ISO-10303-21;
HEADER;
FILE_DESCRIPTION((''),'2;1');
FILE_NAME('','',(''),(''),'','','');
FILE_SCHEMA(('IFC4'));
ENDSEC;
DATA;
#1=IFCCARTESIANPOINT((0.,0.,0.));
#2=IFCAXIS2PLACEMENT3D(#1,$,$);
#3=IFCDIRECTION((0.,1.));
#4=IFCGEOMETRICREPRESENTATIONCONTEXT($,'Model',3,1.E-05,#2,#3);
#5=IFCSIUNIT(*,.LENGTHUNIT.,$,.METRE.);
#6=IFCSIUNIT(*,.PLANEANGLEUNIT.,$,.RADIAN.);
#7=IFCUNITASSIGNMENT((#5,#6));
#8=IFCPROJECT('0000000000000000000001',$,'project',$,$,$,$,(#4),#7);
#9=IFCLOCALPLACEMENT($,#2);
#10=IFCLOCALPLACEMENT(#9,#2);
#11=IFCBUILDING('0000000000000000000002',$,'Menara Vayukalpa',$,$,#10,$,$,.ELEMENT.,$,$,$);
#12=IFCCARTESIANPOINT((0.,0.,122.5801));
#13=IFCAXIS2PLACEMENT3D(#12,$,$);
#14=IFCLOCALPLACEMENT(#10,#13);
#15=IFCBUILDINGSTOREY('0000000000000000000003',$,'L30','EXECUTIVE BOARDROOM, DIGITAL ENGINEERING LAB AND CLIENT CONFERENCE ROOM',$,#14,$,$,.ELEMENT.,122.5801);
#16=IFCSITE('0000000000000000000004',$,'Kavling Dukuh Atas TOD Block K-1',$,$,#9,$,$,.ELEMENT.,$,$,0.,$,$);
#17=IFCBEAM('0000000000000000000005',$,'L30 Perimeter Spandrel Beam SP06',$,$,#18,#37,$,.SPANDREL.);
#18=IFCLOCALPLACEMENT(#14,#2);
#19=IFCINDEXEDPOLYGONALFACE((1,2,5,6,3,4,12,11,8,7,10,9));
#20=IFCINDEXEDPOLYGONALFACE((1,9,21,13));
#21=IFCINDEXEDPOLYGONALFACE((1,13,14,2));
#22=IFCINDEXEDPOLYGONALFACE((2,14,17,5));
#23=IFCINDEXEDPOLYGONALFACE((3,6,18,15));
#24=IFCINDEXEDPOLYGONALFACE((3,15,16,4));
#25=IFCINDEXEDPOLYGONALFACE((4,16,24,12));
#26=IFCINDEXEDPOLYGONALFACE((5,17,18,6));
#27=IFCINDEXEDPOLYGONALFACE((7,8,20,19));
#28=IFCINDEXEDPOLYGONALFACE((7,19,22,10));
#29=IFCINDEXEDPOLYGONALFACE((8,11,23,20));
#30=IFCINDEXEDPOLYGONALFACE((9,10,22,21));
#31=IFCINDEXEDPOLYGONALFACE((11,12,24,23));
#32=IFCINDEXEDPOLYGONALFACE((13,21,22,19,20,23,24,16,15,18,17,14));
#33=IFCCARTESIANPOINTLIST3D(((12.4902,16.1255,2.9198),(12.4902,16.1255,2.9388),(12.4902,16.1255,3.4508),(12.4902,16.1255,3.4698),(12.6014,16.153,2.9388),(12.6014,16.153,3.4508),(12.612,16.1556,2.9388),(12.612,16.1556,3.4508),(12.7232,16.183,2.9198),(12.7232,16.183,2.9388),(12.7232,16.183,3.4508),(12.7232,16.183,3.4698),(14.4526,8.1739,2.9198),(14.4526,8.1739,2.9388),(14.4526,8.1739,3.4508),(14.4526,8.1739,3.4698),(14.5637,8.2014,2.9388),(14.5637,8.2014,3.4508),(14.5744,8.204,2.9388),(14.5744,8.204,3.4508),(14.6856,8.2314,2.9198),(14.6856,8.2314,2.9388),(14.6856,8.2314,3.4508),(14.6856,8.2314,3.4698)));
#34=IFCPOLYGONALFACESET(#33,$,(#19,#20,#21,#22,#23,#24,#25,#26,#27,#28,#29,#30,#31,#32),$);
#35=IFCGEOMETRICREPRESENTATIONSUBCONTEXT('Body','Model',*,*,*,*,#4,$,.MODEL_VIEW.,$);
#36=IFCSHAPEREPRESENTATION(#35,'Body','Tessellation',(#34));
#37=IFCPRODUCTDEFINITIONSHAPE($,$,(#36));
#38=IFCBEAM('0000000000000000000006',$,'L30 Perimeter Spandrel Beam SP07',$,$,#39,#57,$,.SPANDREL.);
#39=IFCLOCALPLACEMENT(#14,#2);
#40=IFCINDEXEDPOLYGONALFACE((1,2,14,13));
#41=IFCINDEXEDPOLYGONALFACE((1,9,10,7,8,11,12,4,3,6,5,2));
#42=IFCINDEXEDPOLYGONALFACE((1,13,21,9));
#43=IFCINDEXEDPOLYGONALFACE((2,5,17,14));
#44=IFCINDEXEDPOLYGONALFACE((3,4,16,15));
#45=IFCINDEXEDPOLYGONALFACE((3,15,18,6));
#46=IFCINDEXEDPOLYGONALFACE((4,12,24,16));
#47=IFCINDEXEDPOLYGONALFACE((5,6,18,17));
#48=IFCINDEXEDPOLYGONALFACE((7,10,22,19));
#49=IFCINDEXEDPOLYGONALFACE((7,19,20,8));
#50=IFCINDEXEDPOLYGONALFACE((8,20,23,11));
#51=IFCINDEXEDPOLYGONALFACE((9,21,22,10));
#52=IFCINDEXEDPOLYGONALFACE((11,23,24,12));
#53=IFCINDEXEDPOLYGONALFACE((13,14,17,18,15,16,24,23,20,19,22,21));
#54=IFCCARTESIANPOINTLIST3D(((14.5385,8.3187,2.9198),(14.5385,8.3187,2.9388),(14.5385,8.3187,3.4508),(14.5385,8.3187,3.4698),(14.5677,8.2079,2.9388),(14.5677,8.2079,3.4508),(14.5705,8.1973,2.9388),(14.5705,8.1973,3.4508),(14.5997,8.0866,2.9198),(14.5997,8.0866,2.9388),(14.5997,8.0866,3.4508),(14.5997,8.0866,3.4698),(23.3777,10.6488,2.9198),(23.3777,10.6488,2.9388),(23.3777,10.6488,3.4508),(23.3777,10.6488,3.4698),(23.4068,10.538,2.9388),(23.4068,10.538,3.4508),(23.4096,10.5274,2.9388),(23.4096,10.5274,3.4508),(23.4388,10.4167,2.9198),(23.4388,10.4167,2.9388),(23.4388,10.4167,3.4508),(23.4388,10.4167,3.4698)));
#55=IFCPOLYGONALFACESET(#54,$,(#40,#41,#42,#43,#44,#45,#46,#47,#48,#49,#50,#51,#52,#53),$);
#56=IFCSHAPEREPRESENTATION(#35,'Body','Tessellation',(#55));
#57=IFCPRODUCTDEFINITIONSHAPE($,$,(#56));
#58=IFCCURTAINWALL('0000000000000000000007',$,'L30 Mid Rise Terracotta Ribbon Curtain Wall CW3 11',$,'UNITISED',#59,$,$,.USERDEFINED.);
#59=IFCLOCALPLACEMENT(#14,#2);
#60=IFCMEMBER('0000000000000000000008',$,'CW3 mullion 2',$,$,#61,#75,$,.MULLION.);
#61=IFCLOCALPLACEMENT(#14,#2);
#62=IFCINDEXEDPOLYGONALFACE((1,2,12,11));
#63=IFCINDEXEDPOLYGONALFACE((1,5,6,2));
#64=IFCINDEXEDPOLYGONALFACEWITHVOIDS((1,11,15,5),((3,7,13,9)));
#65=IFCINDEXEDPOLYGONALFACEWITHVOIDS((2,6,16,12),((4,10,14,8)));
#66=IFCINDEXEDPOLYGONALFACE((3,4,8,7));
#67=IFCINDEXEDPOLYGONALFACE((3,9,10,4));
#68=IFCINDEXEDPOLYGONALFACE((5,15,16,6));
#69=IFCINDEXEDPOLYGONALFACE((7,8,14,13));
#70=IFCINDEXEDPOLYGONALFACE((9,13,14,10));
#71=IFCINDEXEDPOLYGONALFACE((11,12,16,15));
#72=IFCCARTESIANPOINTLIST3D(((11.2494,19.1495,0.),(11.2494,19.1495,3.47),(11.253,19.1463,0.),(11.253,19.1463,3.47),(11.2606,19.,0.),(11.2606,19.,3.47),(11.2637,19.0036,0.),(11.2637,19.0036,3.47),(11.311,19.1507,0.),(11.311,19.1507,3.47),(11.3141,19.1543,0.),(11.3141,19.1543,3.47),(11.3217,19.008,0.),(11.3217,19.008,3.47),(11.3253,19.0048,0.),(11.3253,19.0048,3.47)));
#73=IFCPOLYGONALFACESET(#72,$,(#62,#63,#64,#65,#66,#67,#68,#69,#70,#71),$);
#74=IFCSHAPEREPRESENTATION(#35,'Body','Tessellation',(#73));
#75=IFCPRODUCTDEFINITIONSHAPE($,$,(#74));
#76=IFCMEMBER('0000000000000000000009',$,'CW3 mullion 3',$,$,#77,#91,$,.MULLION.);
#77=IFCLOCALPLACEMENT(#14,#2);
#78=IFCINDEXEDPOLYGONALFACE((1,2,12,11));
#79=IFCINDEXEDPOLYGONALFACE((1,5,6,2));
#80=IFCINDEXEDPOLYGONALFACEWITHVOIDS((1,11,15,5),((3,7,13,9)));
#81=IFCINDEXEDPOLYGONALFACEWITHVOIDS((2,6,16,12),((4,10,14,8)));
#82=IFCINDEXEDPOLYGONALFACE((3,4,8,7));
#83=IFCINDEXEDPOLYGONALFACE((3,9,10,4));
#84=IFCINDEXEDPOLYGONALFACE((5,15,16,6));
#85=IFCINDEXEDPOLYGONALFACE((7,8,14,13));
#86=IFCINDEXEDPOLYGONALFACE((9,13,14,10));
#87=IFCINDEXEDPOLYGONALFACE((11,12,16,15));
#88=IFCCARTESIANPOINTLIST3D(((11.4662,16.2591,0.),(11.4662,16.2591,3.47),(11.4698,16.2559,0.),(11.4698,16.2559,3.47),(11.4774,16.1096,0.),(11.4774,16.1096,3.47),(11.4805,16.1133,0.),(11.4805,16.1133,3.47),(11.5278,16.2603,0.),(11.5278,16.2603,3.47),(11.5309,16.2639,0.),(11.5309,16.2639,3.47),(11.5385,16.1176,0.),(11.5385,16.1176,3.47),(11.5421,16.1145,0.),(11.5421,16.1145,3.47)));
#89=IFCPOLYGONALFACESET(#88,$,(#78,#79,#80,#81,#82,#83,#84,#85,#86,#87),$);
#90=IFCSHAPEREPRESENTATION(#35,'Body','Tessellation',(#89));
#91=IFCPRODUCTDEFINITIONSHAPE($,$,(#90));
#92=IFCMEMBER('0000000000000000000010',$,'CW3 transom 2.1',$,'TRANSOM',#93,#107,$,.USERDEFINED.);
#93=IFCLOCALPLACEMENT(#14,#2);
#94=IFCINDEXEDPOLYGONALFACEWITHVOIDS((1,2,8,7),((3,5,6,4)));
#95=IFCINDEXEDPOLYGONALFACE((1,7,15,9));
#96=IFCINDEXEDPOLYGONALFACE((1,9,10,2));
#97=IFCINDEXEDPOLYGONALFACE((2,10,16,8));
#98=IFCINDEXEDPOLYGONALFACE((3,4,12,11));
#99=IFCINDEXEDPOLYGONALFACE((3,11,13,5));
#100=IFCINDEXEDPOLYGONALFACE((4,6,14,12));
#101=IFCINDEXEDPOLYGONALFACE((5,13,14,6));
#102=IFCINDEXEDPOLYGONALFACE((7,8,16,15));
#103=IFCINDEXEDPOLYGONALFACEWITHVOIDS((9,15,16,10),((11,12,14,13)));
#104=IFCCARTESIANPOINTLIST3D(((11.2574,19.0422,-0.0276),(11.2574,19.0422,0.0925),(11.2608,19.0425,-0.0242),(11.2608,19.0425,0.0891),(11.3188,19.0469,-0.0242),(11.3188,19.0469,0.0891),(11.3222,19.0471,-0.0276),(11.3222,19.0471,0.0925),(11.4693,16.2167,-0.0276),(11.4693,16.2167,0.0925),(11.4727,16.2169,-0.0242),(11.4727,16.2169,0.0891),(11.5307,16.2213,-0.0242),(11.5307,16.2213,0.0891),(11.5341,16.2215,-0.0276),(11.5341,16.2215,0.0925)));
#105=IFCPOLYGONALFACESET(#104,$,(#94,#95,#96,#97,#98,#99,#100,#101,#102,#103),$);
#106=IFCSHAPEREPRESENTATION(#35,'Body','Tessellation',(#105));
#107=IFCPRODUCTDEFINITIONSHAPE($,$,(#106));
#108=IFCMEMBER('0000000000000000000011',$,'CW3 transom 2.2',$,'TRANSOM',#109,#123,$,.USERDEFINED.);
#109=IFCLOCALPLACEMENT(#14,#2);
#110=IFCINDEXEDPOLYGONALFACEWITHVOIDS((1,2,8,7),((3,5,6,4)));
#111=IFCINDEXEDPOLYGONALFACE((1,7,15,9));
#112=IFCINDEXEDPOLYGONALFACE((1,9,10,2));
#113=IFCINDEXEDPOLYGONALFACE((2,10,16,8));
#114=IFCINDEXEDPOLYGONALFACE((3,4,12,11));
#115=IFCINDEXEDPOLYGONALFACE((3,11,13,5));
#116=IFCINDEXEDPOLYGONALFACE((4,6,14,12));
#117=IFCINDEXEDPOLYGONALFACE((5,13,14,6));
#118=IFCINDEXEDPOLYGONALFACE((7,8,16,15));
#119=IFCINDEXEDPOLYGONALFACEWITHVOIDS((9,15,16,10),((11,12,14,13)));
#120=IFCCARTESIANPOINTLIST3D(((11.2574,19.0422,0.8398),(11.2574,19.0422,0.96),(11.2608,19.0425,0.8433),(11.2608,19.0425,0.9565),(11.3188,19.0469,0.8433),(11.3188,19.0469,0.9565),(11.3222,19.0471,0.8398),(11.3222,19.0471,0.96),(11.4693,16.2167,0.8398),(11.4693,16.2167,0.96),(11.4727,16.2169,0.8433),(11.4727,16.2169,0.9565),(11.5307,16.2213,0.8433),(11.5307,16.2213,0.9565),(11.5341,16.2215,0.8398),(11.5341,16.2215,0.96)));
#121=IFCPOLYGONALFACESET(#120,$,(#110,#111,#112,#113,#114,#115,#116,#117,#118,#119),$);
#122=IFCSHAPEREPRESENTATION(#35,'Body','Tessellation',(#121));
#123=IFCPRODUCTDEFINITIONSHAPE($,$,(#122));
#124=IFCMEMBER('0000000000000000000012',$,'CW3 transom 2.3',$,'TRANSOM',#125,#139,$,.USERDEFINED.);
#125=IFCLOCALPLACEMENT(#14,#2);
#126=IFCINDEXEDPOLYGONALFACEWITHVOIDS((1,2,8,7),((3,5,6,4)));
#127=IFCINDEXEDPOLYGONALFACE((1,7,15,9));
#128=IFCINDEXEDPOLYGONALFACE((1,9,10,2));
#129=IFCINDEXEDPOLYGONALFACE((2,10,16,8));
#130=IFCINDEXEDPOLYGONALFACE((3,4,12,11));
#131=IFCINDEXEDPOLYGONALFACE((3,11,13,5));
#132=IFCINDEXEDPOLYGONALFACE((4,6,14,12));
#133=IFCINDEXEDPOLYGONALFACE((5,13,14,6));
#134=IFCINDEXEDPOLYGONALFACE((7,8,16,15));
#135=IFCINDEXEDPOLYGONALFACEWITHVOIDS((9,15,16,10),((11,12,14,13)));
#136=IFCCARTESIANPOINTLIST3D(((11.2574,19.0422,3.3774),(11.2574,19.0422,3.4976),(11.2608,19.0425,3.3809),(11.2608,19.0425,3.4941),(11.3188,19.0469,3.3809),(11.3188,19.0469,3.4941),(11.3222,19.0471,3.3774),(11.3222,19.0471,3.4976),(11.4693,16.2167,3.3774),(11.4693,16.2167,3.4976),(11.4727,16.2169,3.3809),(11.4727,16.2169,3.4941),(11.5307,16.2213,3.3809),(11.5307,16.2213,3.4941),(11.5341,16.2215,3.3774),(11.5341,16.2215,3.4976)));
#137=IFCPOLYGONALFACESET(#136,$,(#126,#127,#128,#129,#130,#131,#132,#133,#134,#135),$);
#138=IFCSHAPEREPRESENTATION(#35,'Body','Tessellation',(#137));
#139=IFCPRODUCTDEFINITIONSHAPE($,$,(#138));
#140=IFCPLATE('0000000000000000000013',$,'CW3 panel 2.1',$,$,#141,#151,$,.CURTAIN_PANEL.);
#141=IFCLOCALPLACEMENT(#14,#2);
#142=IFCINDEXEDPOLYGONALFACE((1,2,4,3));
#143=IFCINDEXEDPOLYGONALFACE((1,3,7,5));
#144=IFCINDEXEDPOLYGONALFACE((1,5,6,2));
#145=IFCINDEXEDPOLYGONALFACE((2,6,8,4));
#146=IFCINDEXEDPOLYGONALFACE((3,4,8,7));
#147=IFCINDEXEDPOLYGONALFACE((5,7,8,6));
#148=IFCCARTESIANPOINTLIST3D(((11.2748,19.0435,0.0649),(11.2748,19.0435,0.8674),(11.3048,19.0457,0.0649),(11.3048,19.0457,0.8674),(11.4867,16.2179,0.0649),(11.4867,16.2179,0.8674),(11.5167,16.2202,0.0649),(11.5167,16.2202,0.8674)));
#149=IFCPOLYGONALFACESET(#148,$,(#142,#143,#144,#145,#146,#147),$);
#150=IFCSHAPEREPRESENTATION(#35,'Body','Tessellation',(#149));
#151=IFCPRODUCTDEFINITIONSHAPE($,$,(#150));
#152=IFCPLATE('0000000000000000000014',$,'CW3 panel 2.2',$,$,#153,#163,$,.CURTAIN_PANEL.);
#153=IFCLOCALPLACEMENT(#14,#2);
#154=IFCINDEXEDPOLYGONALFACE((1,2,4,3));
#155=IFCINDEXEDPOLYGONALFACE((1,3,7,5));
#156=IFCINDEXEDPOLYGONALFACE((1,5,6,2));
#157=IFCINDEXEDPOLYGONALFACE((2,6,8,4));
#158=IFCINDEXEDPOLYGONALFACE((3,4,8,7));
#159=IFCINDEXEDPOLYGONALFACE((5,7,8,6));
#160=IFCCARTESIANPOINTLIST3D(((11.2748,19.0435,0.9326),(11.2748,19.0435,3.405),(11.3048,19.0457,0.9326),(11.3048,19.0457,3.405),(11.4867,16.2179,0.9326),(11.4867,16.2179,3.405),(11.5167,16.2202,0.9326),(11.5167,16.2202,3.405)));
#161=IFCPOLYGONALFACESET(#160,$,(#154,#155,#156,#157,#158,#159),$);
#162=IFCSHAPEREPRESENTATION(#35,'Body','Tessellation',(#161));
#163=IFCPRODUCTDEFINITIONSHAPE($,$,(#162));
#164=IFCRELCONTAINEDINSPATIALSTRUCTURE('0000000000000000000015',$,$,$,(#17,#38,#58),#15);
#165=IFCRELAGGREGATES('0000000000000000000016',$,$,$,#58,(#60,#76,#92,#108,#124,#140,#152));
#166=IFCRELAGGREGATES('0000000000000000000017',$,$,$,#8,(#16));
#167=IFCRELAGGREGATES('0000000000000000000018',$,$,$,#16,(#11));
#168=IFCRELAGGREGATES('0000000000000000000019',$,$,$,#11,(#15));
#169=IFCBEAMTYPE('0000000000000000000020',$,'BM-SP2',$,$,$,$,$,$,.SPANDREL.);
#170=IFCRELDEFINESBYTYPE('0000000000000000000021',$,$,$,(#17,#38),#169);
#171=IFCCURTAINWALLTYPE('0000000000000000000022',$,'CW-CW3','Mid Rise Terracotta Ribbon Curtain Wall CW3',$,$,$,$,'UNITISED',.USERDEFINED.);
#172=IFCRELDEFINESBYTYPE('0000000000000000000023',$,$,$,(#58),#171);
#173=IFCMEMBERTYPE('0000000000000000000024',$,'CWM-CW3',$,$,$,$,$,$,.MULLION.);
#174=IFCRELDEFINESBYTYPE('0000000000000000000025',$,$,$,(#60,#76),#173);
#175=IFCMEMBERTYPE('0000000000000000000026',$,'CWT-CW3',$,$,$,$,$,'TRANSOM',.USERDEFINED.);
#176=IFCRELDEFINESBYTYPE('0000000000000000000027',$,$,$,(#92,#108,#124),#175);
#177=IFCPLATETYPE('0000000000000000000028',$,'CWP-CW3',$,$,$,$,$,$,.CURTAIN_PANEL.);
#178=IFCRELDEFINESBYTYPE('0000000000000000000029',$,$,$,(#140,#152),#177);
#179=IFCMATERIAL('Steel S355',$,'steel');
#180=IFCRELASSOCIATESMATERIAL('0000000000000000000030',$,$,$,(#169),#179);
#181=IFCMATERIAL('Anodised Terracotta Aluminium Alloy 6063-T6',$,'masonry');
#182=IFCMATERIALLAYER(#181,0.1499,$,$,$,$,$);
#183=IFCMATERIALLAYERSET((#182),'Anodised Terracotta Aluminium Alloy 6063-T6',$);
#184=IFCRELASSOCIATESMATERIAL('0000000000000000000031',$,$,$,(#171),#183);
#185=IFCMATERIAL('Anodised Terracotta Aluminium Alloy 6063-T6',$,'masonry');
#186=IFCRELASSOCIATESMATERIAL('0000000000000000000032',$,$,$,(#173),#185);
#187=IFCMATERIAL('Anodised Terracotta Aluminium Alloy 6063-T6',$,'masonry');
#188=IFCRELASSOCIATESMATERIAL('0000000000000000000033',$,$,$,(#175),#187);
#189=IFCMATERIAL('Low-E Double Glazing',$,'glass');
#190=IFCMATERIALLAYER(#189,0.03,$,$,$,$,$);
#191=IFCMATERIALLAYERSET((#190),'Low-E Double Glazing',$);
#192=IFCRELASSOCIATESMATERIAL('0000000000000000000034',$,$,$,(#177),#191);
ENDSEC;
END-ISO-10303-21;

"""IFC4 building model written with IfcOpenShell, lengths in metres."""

from ifc_helpers import new_model, si_unit, direction, frame, origin, origin_2d, place, context, subcontext, project, spatial, rectangle, hollow_rectangle, i_section, extrude, material, layer, layer_set, material_profile, profile_set, type_object, element, aggregate, save


model = new_model("IFC4")

# Units and contexts
model_context = context("Model", 3, precision=1e-05, world=origin(), true_north=direction((0.0, 1.0)))
body_context = subcontext(model_context, "Body", "Model", "MODEL_VIEW")
ifc_project = project(units=[si_unit("LENGTHUNIT", "METRE"), si_unit("PLANEANGLEUNIT", "RADIAN")], contexts=[model_context])

# Site, building, storey
site_placement = place(None, origin())
site = spatial("IfcSite", under=ifc_project, at=site_placement, Name="Kavling Dukuh Atas TOD Block K-1", CompositionType="ELEMENT", RefElevation=0.0)
building_placement = place(site_placement, origin())
building = spatial("IfcBuilding", under=site, at=building_placement, Name="Menara Vayukalpa", CompositionType="ELEMENT")
storey_placement = place(building_placement, frame((0.0, 0.0, 122.5801)))
storey = spatial("IfcBuildingStorey", under=building, at=storey_placement, Name="L30", Description="EXECUTIVE BOARDROOM, DIGITAL ENGINEERING LAB AND CLIENT CONFERENCE ROOM", CompositionType="ELEMENT", Elevation=122.5801)

# Beams
ifc_material_1 = material(Name="Steel S355", Category="steel")
ifc_material_profile_1 = material_profile(ifc_material_1, i_section(OverallWidth=0.24, OverallDepth=0.55, WebThickness=0.011, FlangeThickness=0.019, at=origin_2d()), Name="WF 550x240x11x19")
ifc_profile_set_1 = profile_set([ifc_material_profile_1], Name="Steel S355")
beam_type_1 = type_object("IfcBeamType", Name="BM-SP2", PredefinedType="SPANDREL", material=ifc_profile_set_1)
beam_1_placement = place(storey_placement, frame((12.6067, 16.1543, 3.1948), z_axis=(0.239603, -0.970871, 0.0), x_axis=(0.970871, 0.239603, 0.0)))
element("IfcBeam", 1, at=beam_1_placement, inside=storey, type_object=beam_type_1, Name="L30 Perimeter Spandrel Beam SP06", PredefinedType="SPANDREL", context=body_context, shape_type="SweptSolid", body=[
    extrude(i_section(OverallWidth=0.24, OverallDepth=0.55, WebThickness=0.011, FlangeThickness=0.019, at=origin_2d()), origin(), (0.0, 0.0, 1.0), 8.1902),
])
beam_2_placement = place(storey_placement, frame((14.5691, 8.2026, 3.1948), z_axis=(0.966967, 0.254902, 0.0), x_axis=(-0.254902, 0.966967, 0.0)))
element("IfcBeam", 2, at=beam_2_placement, inside=storey, type_object=beam_type_1, Name="L30 Perimeter Spandrel Beam SP07", PredefinedType="SPANDREL", context=body_context, shape_type="SweptSolid", body=[
    extrude(i_section(OverallWidth=0.24, OverallDepth=0.55, WebThickness=0.011, FlangeThickness=0.019, at=origin_2d()), origin(), (0.0, 0.0, 1.0), 9.1411),
])

# Curtain wall, members, plates
ifc_material_2 = material(Name="Anodised Terracotta Aluminium Alloy 6063-T6", Category="masonry")
ifc_layer_1 = layer(ifc_material_2, 0.1499)
ifc_layer_set_1 = layer_set([ifc_layer_1], Name="Anodised Terracotta Aluminium Alloy 6063-T6")
curtain_wall_type = type_object("IfcCurtainWallType", Name="CW-CW3", Description="Mid Rise Terracotta Ribbon Curtain Wall CW3", ElementType="UNITISED", PredefinedType="USERDEFINED", material=ifc_layer_set_1)
curtain_wall_placement = place(storey_placement, origin())
curtain_wall = element("IfcCurtainWall", 3, at=curtain_wall_placement, inside=storey, type_object=curtain_wall_type, Name="L30 Mid Rise Terracotta Ribbon Curtain Wall CW3 11", ObjectType="UNITISED", PredefinedType="USERDEFINED")
ifc_material_3 = material(Name="Anodised Terracotta Aluminium Alloy 6063-T6", Category="masonry")
ifc_material_profile_2 = material_profile(ifc_material_3, hollow_rectangle(XDim=0.0649, YDim=0.1499, WallThickness=0.0034, at=origin_2d()), Name="ALU 65x150x3.5")
ifc_profile_set_2 = profile_set([ifc_material_profile_2], Name="Anodised Terracotta Aluminium Alloy 6063-T6")
member_type_1 = type_object("IfcMemberType", Name="CWM-CW3", PredefinedType="MULLION", material=ifc_profile_set_2)
member_1_placement = place(storey_placement, frame((11.2874, 19.0771, 0.0), z_axis=(0.0, 0.0, 1.0), x_axis=(0.9972, 0.074785, 0.0)))
member_1 = element("IfcMember", 4, at=member_1_placement, type_object=member_type_1, Name="CW3 mullion 2", PredefinedType="MULLION", context=body_context, shape_type="SweptSolid", body=[
    extrude(hollow_rectangle(XDim=0.0649, YDim=0.1499, WallThickness=0.0034, at=origin_2d()), origin(), (0.0, 0.0, 1.0), 3.47),
])
member_2_placement = place(storey_placement, frame((11.5042, 16.1868, 0.0), z_axis=(0.0, 0.0, 1.0), x_axis=(0.9972, 0.074785, 0.0)))
member_2 = element("IfcMember", 5, at=member_2_placement, type_object=member_type_1, Name="CW3 mullion 3", PredefinedType="MULLION", context=body_context, shape_type="SweptSolid", body=[
    extrude(hollow_rectangle(XDim=0.0649, YDim=0.1499, WallThickness=0.0034, at=origin_2d()), origin(), (0.0, 0.0, 1.0), 3.47),
])
ifc_material_4 = material(Name="Anodised Terracotta Aluminium Alloy 6063-T6", Category="masonry")
ifc_material_profile_3 = material_profile(ifc_material_4, hollow_rectangle(XDim=0.0649, YDim=0.1201, WallThickness=0.0034, at=origin_2d()), Name="ALU 65x120x3.5")
ifc_profile_set_3 = profile_set([ifc_material_profile_3], Name="Anodised Terracotta Aluminium Alloy 6063-T6")
member_type_2 = type_object("IfcMemberType", Name="CWT-CW3", ElementType="TRANSOM", PredefinedType="USERDEFINED", material=ifc_profile_set_3)
member_3_placement = place(storey_placement, frame((11.2898, 19.0447, 0.0325), z_axis=(0.074792, -0.997199, 0.0), x_axis=(0.997199, 0.074792, 0.0)))
member_3 = element("IfcMember", 6, at=member_3_placement, type_object=member_type_2, Name="CW3 transom 2.1", ObjectType="TRANSOM", PredefinedType="USERDEFINED", context=body_context, shape_type="SweptSolid", body=[
    extrude(hollow_rectangle(XDim=0.0649, YDim=0.1201, WallThickness=0.0034, at=origin_2d()), origin(), (0.0, 0.0, 1.0), 2.8335),
])
member_4_placement = place(storey_placement, frame((11.2898, 19.0447, 0.8999), z_axis=(0.074792, -0.997199, 0.0), x_axis=(0.997199, 0.074792, 0.0)))
member_4 = element("IfcMember", 7, at=member_4_placement, type_object=member_type_2, Name="CW3 transom 2.2", ObjectType="TRANSOM", PredefinedType="USERDEFINED", context=body_context, shape_type="SweptSolid", body=[
    extrude(hollow_rectangle(XDim=0.0649, YDim=0.1201, WallThickness=0.0034, at=origin_2d()), origin(), (0.0, 0.0, 1.0), 2.8335),
])
member_5_placement = place(storey_placement, frame((11.2898, 19.0447, 3.4375), z_axis=(0.074792, -0.997199, 0.0), x_axis=(0.997199, 0.074792, 0.0)))
member_5 = element("IfcMember", 8, at=member_5_placement, type_object=member_type_2, Name="CW3 transom 2.3", ObjectType="TRANSOM", PredefinedType="USERDEFINED", context=body_context, shape_type="SweptSolid", body=[
    extrude(hollow_rectangle(XDim=0.0649, YDim=0.1201, WallThickness=0.0034, at=origin_2d()), origin(), (0.0, 0.0, 1.0), 2.8335),
])
ifc_material_5 = material(Name="Low-E Double Glazing", Category="glass")
ifc_layer_2 = layer(ifc_material_5, 0.03)
ifc_layer_set_2 = layer_set([ifc_layer_2], Name="Low-E Double Glazing")
plate_type = type_object("IfcPlateType", Name="CWP-CW3", PredefinedType="CURTAIN_PANEL", material=ifc_layer_set_2)
plate_1_placement = place(storey_placement, frame((11.3958, 17.6318, 0.0649), z_axis=(0.0, 0.0, 1.0), x_axis=(0.074785, -0.9972, 0.0)))
plate_1 = element("IfcPlate", 9, at=plate_1_placement, type_object=plate_type, Name="CW3 panel 2.1", PredefinedType="CURTAIN_PANEL", context=body_context, shape_type="SweptSolid", body=[
    extrude(rectangle(XDim=2.8335, YDim=0.03, at=origin_2d()), origin(), (0.0, 0.0, 1.0), 0.8025),
])
plate_2_placement = place(storey_placement, frame((11.3958, 17.6318, 0.9326), z_axis=(0.0, 0.0, 1.0), x_axis=(0.074785, -0.9972, 0.0)))
plate_2 = element("IfcPlate", 10, at=plate_2_placement, type_object=plate_type, Name="CW3 panel 2.2", PredefinedType="CURTAIN_PANEL", context=body_context, shape_type="SweptSolid", body=[
    extrude(rectangle(XDim=2.8335, YDim=0.03, at=origin_2d()), origin(), (0.0, 0.0, 1.0), 2.4724),
])
aggregate(curtain_wall, [member_1, member_2, member_3, member_4, member_5, plate_1, plate_2])

save(model, "model.ifc")
